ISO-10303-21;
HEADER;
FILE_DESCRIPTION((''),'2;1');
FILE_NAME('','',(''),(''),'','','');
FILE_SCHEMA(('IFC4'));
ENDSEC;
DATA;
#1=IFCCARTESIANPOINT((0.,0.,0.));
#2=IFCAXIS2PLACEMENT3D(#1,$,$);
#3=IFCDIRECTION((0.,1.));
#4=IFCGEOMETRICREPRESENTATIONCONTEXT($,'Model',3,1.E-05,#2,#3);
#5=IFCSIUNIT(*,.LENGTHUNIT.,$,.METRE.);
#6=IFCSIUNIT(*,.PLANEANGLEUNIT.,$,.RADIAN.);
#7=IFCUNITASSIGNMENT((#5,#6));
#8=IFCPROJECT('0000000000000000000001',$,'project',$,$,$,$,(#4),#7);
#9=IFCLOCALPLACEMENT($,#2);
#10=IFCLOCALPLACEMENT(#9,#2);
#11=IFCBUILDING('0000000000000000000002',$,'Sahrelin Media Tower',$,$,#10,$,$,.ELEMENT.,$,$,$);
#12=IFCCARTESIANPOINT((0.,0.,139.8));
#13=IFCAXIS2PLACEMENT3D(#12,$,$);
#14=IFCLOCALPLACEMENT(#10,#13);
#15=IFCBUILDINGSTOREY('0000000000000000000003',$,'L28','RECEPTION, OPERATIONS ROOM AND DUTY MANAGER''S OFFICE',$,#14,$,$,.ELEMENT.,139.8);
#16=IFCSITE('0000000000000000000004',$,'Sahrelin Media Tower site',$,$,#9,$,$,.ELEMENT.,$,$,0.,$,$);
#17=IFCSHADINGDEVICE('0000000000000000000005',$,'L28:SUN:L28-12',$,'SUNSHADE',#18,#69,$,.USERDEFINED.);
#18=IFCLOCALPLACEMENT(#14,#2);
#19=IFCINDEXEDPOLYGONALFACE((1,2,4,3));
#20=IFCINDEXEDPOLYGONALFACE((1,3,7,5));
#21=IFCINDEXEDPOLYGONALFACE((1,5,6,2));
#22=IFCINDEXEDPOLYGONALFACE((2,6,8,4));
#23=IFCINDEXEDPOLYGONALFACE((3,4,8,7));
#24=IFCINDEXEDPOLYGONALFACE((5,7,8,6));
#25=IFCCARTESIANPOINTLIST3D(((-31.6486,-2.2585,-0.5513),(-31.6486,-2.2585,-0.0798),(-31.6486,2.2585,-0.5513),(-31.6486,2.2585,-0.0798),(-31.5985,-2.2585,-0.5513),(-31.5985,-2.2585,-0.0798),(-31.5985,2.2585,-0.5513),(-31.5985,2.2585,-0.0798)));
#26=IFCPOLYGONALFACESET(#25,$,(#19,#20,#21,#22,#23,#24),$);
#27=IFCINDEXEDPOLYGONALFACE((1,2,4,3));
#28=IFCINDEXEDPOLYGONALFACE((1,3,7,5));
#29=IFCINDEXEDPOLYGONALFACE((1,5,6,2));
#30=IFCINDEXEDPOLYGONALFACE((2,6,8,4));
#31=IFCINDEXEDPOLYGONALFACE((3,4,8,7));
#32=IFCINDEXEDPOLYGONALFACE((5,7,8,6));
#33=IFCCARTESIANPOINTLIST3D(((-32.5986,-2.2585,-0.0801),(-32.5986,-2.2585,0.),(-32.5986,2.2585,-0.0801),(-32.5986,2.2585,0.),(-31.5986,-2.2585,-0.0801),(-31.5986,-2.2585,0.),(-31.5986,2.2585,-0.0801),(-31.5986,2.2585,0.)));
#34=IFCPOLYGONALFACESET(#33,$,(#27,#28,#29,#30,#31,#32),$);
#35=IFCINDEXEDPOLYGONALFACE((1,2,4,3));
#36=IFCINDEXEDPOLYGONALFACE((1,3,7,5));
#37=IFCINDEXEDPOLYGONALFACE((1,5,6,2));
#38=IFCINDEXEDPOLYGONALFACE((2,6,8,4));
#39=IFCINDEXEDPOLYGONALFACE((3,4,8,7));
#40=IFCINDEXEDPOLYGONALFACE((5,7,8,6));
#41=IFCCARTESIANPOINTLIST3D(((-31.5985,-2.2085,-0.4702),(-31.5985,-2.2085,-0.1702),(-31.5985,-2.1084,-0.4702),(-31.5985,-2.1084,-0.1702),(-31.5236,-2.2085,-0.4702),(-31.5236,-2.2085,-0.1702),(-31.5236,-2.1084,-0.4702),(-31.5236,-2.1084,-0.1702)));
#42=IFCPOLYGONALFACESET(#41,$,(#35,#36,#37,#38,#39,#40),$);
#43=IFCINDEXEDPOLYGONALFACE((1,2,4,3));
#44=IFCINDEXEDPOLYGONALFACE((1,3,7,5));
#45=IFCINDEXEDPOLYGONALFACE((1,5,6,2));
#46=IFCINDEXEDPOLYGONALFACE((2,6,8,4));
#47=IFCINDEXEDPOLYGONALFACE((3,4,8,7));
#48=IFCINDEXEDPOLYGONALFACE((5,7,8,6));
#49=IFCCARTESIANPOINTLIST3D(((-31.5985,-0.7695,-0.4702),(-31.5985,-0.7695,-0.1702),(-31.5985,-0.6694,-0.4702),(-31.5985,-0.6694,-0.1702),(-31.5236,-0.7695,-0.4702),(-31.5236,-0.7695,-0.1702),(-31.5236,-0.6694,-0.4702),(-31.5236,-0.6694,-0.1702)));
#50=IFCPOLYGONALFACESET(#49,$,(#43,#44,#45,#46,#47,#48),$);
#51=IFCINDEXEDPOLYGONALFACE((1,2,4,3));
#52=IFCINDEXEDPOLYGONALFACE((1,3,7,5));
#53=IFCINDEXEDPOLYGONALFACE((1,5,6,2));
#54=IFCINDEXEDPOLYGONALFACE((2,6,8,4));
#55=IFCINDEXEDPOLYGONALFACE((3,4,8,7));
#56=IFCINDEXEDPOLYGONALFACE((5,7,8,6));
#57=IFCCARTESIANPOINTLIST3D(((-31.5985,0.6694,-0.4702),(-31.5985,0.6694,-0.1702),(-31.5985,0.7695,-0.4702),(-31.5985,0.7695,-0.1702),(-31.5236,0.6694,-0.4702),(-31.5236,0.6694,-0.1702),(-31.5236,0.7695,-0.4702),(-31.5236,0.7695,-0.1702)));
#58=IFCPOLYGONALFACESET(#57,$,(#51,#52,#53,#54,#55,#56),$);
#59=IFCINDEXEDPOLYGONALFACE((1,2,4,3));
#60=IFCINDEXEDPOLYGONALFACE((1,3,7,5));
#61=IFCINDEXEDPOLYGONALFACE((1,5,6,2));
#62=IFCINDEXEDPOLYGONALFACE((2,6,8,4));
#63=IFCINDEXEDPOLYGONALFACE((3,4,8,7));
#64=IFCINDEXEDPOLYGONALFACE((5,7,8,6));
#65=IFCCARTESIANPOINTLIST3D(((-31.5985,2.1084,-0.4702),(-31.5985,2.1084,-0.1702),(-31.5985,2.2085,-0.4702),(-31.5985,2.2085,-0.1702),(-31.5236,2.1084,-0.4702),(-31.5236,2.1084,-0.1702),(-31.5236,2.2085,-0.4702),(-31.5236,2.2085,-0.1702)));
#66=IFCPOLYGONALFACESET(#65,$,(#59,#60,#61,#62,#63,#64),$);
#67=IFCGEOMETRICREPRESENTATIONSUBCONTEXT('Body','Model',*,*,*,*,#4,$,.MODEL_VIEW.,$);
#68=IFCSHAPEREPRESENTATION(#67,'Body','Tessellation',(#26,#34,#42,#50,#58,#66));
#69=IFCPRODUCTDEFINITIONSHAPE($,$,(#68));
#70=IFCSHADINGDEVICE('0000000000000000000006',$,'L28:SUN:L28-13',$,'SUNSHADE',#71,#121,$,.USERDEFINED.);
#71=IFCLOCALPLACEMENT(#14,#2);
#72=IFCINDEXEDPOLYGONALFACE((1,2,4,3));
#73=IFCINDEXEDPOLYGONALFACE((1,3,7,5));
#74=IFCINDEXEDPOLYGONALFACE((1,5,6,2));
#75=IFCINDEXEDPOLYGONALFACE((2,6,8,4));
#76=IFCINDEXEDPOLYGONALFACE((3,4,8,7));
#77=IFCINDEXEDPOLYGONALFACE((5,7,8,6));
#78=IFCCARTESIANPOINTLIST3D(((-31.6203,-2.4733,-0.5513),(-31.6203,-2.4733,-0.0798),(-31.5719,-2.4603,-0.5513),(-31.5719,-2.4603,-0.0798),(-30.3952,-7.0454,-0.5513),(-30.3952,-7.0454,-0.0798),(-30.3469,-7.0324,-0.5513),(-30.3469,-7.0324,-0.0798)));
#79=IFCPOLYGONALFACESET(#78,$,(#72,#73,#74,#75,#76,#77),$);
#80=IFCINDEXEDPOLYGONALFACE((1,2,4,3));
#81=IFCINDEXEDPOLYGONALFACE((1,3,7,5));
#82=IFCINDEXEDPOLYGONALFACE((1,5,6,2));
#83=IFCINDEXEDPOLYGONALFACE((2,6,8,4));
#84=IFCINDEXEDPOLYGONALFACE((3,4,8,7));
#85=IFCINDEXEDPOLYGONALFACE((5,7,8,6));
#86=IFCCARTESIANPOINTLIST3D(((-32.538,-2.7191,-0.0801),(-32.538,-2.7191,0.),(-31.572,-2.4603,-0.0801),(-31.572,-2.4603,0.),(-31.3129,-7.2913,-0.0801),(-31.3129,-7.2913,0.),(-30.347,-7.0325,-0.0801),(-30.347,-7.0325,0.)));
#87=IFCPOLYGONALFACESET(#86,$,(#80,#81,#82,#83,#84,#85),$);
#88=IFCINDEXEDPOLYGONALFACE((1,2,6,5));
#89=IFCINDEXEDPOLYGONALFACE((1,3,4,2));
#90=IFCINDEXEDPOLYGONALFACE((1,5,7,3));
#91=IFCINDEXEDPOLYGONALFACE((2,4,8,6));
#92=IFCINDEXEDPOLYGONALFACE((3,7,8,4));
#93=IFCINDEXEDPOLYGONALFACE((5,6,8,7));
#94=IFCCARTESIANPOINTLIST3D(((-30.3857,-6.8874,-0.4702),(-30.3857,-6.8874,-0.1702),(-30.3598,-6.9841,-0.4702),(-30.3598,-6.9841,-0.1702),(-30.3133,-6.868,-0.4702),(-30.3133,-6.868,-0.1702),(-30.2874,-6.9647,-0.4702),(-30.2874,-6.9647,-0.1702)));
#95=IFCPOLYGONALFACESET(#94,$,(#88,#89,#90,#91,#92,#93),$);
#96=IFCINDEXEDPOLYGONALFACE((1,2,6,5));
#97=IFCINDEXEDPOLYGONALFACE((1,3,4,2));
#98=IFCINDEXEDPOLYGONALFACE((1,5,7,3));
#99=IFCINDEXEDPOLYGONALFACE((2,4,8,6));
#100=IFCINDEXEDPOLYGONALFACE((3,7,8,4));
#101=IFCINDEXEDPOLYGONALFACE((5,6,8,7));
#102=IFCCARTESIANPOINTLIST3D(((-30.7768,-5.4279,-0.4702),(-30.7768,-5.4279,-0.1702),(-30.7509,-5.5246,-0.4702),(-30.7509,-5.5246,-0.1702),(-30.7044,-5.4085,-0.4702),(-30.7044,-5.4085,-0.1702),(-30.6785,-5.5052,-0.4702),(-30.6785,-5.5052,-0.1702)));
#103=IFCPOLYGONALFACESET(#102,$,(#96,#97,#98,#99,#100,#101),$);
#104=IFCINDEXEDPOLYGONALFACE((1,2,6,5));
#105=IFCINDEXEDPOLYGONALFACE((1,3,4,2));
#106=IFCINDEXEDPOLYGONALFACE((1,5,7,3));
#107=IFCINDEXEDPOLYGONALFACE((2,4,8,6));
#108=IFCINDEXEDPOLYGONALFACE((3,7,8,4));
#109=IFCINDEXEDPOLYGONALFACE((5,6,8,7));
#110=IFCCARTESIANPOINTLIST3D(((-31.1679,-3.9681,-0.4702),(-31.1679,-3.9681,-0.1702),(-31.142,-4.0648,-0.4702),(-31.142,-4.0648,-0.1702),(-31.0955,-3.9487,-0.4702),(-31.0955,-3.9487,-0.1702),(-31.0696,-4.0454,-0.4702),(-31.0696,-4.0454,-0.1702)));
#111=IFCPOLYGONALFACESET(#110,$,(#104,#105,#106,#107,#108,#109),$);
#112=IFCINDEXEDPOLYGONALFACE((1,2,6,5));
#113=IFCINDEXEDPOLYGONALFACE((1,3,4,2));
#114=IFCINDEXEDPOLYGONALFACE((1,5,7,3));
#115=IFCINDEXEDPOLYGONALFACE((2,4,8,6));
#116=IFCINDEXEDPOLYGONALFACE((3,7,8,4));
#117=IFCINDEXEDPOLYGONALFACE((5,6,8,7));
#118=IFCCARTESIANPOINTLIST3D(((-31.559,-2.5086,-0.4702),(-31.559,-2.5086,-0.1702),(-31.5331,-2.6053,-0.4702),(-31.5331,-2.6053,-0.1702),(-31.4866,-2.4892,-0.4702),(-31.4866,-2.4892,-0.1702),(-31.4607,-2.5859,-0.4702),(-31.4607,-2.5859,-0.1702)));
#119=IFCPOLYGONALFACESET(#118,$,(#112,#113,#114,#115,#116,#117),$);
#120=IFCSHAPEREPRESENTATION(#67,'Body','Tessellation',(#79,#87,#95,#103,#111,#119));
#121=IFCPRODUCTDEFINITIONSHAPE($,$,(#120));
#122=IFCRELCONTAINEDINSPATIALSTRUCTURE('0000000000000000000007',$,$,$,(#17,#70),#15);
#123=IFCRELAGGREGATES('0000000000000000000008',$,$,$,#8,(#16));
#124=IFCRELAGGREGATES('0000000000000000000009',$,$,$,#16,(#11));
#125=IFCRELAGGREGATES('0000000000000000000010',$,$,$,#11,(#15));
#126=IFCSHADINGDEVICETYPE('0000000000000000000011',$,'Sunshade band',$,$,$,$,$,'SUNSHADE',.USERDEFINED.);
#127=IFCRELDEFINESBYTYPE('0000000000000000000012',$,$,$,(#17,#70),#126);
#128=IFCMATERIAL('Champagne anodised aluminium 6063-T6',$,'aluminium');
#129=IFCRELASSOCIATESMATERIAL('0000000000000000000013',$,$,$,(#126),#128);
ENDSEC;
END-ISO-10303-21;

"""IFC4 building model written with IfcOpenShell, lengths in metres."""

from ifc_helpers import new_model, si_unit, direction, frame, origin, origin_2d, place, context, subcontext, project, spatial, rectangle, extrude, material, type_object, element, save


model = new_model("IFC4")

# Units and contexts
model_context = context("Model", 3, precision=1e-05, world=origin(), true_north=direction((0.0, 1.0)))
body_context = subcontext(model_context, "Body", "Model", "MODEL_VIEW")
ifc_project = project(units=[si_unit("LENGTHUNIT", "METRE"), si_unit("PLANEANGLEUNIT", "RADIAN")], contexts=[model_context])

# Site, building, storey
site_placement = place(None, origin())
site = spatial("IfcSite", under=ifc_project, at=site_placement, Name="Sahrelin Media Tower site", CompositionType="ELEMENT", RefElevation=0.0)
building_placement = place(site_placement, origin())
building = spatial("IfcBuilding", under=site, at=building_placement, Name="Sahrelin Media Tower", CompositionType="ELEMENT")
storey_placement = place(building_placement, frame((0.0, 0.0, 139.8)))
storey = spatial("IfcBuildingStorey", under=building, at=storey_placement, Name="L28", Description="RECEPTION, OPERATIONS ROOM AND DUTY MANAGER'S OFFICE", CompositionType="ELEMENT", Elevation=139.8)

# Shared definitions
ifc_material_1 = material(Name="Champagne anodised aluminium 6063-T6", Category="aluminium")

# Shading devices
placement_1 = place(storey_placement, frame((-31.5786, 0.0, 0.0), z_axis=(0.0, 0.0, 1.0), x_axis=(0.0, 1.0, 0.0)))
placement_2 = place(storey_placement, frame((-30.9402, -4.7412, 0.0), z_axis=(0.0, 0.0, 1.0), x_axis=(-0.258808, 0.965929, 0.0)))
shading_device_type_1 = type_object("IfcShadingDeviceType", Name="Sunshade band", ElementType="SUNSHADE", PredefinedType="USERDEFINED", material=ifc_material_1)
element("IfcShadingDevice", 1, at=placement_1, inside=storey, type_object=shading_device_type_1, Name="L28:SUN:L28-12", ObjectType="SUNSHADE", PredefinedType="USERDEFINED", context=body_context, shape_type="SweptSolid", body=[
    extrude(rectangle(XDim=4.5171, YDim=0.05, at=origin_2d()), frame((0.0, 0.0449, -0.5513)), (0.0, 0.0, 1.0), 0.4714),
    extrude(rectangle(XDim=4.5171, YDim=1.0, at=origin_2d()), frame((0.0, 0.52, -0.0801)), (0.0, 0.0, 1.0), 0.0801),
    extrude(rectangle(XDim=0.1001, YDim=0.075, at=origin_2d()), frame((-2.1584, -0.0176, -0.4702)), (0.0, 0.0, 1.0), 0.3),
    extrude(rectangle(XDim=0.1001, YDim=0.075, at=origin_2d()), frame((-0.7195, -0.0176, -0.4702)), (0.0, 0.0, 1.0), 0.3),
    extrude(rectangle(XDim=0.1001, YDim=0.075, at=origin_2d()), frame((0.7195, -0.0176, -0.4702)), (0.0, 0.0, 1.0), 0.3),
    extrude(rectangle(XDim=0.1001, YDim=0.075, at=origin_2d()), frame((2.1584, -0.0176, -0.4702)), (0.0, 0.0, 1.0), 0.3),
])
element("IfcShadingDevice", 2, at=placement_2, inside=storey, type_object=shading_device_type_1, Name="L28:SUN:L28-13", ObjectType="SUNSHADE", PredefinedType="USERDEFINED", context=body_context, shape_type="SweptSolid", body=[
    extrude(rectangle(XDim=4.7334, YDim=0.05, at=origin_2d()), frame((0.0, 0.0449, -0.5513)), (0.0, 0.0, 1.0), 0.4714),
    extrude(rectangle(XDim=4.7334, YDim=1.0, at=origin_2d()), frame((0.0, 0.52, -0.0801)), (0.0, 0.0, 1.0), 0.0801),
    extrude(rectangle(XDim=0.1001, YDim=0.075, at=origin_2d()), frame((-2.2666, -0.0176, -0.4702)), (0.0, 0.0, 1.0), 0.3),
    extrude(rectangle(XDim=0.1001, YDim=0.075, at=origin_2d()), frame((-0.7556, -0.0176, -0.4702)), (0.0, 0.0, 1.0), 0.3),
    extrude(rectangle(XDim=0.1001, YDim=0.075, at=origin_2d()), frame((0.7556, -0.0176, -0.4702)), (0.0, 0.0, 1.0), 0.3),
    extrude(rectangle(XDim=0.1001, YDim=0.075, at=origin_2d()), frame((2.2666, -0.0176, -0.4702)), (0.0, 0.0, 1.0), 0.3),
])

save(model, "model.ifc")
